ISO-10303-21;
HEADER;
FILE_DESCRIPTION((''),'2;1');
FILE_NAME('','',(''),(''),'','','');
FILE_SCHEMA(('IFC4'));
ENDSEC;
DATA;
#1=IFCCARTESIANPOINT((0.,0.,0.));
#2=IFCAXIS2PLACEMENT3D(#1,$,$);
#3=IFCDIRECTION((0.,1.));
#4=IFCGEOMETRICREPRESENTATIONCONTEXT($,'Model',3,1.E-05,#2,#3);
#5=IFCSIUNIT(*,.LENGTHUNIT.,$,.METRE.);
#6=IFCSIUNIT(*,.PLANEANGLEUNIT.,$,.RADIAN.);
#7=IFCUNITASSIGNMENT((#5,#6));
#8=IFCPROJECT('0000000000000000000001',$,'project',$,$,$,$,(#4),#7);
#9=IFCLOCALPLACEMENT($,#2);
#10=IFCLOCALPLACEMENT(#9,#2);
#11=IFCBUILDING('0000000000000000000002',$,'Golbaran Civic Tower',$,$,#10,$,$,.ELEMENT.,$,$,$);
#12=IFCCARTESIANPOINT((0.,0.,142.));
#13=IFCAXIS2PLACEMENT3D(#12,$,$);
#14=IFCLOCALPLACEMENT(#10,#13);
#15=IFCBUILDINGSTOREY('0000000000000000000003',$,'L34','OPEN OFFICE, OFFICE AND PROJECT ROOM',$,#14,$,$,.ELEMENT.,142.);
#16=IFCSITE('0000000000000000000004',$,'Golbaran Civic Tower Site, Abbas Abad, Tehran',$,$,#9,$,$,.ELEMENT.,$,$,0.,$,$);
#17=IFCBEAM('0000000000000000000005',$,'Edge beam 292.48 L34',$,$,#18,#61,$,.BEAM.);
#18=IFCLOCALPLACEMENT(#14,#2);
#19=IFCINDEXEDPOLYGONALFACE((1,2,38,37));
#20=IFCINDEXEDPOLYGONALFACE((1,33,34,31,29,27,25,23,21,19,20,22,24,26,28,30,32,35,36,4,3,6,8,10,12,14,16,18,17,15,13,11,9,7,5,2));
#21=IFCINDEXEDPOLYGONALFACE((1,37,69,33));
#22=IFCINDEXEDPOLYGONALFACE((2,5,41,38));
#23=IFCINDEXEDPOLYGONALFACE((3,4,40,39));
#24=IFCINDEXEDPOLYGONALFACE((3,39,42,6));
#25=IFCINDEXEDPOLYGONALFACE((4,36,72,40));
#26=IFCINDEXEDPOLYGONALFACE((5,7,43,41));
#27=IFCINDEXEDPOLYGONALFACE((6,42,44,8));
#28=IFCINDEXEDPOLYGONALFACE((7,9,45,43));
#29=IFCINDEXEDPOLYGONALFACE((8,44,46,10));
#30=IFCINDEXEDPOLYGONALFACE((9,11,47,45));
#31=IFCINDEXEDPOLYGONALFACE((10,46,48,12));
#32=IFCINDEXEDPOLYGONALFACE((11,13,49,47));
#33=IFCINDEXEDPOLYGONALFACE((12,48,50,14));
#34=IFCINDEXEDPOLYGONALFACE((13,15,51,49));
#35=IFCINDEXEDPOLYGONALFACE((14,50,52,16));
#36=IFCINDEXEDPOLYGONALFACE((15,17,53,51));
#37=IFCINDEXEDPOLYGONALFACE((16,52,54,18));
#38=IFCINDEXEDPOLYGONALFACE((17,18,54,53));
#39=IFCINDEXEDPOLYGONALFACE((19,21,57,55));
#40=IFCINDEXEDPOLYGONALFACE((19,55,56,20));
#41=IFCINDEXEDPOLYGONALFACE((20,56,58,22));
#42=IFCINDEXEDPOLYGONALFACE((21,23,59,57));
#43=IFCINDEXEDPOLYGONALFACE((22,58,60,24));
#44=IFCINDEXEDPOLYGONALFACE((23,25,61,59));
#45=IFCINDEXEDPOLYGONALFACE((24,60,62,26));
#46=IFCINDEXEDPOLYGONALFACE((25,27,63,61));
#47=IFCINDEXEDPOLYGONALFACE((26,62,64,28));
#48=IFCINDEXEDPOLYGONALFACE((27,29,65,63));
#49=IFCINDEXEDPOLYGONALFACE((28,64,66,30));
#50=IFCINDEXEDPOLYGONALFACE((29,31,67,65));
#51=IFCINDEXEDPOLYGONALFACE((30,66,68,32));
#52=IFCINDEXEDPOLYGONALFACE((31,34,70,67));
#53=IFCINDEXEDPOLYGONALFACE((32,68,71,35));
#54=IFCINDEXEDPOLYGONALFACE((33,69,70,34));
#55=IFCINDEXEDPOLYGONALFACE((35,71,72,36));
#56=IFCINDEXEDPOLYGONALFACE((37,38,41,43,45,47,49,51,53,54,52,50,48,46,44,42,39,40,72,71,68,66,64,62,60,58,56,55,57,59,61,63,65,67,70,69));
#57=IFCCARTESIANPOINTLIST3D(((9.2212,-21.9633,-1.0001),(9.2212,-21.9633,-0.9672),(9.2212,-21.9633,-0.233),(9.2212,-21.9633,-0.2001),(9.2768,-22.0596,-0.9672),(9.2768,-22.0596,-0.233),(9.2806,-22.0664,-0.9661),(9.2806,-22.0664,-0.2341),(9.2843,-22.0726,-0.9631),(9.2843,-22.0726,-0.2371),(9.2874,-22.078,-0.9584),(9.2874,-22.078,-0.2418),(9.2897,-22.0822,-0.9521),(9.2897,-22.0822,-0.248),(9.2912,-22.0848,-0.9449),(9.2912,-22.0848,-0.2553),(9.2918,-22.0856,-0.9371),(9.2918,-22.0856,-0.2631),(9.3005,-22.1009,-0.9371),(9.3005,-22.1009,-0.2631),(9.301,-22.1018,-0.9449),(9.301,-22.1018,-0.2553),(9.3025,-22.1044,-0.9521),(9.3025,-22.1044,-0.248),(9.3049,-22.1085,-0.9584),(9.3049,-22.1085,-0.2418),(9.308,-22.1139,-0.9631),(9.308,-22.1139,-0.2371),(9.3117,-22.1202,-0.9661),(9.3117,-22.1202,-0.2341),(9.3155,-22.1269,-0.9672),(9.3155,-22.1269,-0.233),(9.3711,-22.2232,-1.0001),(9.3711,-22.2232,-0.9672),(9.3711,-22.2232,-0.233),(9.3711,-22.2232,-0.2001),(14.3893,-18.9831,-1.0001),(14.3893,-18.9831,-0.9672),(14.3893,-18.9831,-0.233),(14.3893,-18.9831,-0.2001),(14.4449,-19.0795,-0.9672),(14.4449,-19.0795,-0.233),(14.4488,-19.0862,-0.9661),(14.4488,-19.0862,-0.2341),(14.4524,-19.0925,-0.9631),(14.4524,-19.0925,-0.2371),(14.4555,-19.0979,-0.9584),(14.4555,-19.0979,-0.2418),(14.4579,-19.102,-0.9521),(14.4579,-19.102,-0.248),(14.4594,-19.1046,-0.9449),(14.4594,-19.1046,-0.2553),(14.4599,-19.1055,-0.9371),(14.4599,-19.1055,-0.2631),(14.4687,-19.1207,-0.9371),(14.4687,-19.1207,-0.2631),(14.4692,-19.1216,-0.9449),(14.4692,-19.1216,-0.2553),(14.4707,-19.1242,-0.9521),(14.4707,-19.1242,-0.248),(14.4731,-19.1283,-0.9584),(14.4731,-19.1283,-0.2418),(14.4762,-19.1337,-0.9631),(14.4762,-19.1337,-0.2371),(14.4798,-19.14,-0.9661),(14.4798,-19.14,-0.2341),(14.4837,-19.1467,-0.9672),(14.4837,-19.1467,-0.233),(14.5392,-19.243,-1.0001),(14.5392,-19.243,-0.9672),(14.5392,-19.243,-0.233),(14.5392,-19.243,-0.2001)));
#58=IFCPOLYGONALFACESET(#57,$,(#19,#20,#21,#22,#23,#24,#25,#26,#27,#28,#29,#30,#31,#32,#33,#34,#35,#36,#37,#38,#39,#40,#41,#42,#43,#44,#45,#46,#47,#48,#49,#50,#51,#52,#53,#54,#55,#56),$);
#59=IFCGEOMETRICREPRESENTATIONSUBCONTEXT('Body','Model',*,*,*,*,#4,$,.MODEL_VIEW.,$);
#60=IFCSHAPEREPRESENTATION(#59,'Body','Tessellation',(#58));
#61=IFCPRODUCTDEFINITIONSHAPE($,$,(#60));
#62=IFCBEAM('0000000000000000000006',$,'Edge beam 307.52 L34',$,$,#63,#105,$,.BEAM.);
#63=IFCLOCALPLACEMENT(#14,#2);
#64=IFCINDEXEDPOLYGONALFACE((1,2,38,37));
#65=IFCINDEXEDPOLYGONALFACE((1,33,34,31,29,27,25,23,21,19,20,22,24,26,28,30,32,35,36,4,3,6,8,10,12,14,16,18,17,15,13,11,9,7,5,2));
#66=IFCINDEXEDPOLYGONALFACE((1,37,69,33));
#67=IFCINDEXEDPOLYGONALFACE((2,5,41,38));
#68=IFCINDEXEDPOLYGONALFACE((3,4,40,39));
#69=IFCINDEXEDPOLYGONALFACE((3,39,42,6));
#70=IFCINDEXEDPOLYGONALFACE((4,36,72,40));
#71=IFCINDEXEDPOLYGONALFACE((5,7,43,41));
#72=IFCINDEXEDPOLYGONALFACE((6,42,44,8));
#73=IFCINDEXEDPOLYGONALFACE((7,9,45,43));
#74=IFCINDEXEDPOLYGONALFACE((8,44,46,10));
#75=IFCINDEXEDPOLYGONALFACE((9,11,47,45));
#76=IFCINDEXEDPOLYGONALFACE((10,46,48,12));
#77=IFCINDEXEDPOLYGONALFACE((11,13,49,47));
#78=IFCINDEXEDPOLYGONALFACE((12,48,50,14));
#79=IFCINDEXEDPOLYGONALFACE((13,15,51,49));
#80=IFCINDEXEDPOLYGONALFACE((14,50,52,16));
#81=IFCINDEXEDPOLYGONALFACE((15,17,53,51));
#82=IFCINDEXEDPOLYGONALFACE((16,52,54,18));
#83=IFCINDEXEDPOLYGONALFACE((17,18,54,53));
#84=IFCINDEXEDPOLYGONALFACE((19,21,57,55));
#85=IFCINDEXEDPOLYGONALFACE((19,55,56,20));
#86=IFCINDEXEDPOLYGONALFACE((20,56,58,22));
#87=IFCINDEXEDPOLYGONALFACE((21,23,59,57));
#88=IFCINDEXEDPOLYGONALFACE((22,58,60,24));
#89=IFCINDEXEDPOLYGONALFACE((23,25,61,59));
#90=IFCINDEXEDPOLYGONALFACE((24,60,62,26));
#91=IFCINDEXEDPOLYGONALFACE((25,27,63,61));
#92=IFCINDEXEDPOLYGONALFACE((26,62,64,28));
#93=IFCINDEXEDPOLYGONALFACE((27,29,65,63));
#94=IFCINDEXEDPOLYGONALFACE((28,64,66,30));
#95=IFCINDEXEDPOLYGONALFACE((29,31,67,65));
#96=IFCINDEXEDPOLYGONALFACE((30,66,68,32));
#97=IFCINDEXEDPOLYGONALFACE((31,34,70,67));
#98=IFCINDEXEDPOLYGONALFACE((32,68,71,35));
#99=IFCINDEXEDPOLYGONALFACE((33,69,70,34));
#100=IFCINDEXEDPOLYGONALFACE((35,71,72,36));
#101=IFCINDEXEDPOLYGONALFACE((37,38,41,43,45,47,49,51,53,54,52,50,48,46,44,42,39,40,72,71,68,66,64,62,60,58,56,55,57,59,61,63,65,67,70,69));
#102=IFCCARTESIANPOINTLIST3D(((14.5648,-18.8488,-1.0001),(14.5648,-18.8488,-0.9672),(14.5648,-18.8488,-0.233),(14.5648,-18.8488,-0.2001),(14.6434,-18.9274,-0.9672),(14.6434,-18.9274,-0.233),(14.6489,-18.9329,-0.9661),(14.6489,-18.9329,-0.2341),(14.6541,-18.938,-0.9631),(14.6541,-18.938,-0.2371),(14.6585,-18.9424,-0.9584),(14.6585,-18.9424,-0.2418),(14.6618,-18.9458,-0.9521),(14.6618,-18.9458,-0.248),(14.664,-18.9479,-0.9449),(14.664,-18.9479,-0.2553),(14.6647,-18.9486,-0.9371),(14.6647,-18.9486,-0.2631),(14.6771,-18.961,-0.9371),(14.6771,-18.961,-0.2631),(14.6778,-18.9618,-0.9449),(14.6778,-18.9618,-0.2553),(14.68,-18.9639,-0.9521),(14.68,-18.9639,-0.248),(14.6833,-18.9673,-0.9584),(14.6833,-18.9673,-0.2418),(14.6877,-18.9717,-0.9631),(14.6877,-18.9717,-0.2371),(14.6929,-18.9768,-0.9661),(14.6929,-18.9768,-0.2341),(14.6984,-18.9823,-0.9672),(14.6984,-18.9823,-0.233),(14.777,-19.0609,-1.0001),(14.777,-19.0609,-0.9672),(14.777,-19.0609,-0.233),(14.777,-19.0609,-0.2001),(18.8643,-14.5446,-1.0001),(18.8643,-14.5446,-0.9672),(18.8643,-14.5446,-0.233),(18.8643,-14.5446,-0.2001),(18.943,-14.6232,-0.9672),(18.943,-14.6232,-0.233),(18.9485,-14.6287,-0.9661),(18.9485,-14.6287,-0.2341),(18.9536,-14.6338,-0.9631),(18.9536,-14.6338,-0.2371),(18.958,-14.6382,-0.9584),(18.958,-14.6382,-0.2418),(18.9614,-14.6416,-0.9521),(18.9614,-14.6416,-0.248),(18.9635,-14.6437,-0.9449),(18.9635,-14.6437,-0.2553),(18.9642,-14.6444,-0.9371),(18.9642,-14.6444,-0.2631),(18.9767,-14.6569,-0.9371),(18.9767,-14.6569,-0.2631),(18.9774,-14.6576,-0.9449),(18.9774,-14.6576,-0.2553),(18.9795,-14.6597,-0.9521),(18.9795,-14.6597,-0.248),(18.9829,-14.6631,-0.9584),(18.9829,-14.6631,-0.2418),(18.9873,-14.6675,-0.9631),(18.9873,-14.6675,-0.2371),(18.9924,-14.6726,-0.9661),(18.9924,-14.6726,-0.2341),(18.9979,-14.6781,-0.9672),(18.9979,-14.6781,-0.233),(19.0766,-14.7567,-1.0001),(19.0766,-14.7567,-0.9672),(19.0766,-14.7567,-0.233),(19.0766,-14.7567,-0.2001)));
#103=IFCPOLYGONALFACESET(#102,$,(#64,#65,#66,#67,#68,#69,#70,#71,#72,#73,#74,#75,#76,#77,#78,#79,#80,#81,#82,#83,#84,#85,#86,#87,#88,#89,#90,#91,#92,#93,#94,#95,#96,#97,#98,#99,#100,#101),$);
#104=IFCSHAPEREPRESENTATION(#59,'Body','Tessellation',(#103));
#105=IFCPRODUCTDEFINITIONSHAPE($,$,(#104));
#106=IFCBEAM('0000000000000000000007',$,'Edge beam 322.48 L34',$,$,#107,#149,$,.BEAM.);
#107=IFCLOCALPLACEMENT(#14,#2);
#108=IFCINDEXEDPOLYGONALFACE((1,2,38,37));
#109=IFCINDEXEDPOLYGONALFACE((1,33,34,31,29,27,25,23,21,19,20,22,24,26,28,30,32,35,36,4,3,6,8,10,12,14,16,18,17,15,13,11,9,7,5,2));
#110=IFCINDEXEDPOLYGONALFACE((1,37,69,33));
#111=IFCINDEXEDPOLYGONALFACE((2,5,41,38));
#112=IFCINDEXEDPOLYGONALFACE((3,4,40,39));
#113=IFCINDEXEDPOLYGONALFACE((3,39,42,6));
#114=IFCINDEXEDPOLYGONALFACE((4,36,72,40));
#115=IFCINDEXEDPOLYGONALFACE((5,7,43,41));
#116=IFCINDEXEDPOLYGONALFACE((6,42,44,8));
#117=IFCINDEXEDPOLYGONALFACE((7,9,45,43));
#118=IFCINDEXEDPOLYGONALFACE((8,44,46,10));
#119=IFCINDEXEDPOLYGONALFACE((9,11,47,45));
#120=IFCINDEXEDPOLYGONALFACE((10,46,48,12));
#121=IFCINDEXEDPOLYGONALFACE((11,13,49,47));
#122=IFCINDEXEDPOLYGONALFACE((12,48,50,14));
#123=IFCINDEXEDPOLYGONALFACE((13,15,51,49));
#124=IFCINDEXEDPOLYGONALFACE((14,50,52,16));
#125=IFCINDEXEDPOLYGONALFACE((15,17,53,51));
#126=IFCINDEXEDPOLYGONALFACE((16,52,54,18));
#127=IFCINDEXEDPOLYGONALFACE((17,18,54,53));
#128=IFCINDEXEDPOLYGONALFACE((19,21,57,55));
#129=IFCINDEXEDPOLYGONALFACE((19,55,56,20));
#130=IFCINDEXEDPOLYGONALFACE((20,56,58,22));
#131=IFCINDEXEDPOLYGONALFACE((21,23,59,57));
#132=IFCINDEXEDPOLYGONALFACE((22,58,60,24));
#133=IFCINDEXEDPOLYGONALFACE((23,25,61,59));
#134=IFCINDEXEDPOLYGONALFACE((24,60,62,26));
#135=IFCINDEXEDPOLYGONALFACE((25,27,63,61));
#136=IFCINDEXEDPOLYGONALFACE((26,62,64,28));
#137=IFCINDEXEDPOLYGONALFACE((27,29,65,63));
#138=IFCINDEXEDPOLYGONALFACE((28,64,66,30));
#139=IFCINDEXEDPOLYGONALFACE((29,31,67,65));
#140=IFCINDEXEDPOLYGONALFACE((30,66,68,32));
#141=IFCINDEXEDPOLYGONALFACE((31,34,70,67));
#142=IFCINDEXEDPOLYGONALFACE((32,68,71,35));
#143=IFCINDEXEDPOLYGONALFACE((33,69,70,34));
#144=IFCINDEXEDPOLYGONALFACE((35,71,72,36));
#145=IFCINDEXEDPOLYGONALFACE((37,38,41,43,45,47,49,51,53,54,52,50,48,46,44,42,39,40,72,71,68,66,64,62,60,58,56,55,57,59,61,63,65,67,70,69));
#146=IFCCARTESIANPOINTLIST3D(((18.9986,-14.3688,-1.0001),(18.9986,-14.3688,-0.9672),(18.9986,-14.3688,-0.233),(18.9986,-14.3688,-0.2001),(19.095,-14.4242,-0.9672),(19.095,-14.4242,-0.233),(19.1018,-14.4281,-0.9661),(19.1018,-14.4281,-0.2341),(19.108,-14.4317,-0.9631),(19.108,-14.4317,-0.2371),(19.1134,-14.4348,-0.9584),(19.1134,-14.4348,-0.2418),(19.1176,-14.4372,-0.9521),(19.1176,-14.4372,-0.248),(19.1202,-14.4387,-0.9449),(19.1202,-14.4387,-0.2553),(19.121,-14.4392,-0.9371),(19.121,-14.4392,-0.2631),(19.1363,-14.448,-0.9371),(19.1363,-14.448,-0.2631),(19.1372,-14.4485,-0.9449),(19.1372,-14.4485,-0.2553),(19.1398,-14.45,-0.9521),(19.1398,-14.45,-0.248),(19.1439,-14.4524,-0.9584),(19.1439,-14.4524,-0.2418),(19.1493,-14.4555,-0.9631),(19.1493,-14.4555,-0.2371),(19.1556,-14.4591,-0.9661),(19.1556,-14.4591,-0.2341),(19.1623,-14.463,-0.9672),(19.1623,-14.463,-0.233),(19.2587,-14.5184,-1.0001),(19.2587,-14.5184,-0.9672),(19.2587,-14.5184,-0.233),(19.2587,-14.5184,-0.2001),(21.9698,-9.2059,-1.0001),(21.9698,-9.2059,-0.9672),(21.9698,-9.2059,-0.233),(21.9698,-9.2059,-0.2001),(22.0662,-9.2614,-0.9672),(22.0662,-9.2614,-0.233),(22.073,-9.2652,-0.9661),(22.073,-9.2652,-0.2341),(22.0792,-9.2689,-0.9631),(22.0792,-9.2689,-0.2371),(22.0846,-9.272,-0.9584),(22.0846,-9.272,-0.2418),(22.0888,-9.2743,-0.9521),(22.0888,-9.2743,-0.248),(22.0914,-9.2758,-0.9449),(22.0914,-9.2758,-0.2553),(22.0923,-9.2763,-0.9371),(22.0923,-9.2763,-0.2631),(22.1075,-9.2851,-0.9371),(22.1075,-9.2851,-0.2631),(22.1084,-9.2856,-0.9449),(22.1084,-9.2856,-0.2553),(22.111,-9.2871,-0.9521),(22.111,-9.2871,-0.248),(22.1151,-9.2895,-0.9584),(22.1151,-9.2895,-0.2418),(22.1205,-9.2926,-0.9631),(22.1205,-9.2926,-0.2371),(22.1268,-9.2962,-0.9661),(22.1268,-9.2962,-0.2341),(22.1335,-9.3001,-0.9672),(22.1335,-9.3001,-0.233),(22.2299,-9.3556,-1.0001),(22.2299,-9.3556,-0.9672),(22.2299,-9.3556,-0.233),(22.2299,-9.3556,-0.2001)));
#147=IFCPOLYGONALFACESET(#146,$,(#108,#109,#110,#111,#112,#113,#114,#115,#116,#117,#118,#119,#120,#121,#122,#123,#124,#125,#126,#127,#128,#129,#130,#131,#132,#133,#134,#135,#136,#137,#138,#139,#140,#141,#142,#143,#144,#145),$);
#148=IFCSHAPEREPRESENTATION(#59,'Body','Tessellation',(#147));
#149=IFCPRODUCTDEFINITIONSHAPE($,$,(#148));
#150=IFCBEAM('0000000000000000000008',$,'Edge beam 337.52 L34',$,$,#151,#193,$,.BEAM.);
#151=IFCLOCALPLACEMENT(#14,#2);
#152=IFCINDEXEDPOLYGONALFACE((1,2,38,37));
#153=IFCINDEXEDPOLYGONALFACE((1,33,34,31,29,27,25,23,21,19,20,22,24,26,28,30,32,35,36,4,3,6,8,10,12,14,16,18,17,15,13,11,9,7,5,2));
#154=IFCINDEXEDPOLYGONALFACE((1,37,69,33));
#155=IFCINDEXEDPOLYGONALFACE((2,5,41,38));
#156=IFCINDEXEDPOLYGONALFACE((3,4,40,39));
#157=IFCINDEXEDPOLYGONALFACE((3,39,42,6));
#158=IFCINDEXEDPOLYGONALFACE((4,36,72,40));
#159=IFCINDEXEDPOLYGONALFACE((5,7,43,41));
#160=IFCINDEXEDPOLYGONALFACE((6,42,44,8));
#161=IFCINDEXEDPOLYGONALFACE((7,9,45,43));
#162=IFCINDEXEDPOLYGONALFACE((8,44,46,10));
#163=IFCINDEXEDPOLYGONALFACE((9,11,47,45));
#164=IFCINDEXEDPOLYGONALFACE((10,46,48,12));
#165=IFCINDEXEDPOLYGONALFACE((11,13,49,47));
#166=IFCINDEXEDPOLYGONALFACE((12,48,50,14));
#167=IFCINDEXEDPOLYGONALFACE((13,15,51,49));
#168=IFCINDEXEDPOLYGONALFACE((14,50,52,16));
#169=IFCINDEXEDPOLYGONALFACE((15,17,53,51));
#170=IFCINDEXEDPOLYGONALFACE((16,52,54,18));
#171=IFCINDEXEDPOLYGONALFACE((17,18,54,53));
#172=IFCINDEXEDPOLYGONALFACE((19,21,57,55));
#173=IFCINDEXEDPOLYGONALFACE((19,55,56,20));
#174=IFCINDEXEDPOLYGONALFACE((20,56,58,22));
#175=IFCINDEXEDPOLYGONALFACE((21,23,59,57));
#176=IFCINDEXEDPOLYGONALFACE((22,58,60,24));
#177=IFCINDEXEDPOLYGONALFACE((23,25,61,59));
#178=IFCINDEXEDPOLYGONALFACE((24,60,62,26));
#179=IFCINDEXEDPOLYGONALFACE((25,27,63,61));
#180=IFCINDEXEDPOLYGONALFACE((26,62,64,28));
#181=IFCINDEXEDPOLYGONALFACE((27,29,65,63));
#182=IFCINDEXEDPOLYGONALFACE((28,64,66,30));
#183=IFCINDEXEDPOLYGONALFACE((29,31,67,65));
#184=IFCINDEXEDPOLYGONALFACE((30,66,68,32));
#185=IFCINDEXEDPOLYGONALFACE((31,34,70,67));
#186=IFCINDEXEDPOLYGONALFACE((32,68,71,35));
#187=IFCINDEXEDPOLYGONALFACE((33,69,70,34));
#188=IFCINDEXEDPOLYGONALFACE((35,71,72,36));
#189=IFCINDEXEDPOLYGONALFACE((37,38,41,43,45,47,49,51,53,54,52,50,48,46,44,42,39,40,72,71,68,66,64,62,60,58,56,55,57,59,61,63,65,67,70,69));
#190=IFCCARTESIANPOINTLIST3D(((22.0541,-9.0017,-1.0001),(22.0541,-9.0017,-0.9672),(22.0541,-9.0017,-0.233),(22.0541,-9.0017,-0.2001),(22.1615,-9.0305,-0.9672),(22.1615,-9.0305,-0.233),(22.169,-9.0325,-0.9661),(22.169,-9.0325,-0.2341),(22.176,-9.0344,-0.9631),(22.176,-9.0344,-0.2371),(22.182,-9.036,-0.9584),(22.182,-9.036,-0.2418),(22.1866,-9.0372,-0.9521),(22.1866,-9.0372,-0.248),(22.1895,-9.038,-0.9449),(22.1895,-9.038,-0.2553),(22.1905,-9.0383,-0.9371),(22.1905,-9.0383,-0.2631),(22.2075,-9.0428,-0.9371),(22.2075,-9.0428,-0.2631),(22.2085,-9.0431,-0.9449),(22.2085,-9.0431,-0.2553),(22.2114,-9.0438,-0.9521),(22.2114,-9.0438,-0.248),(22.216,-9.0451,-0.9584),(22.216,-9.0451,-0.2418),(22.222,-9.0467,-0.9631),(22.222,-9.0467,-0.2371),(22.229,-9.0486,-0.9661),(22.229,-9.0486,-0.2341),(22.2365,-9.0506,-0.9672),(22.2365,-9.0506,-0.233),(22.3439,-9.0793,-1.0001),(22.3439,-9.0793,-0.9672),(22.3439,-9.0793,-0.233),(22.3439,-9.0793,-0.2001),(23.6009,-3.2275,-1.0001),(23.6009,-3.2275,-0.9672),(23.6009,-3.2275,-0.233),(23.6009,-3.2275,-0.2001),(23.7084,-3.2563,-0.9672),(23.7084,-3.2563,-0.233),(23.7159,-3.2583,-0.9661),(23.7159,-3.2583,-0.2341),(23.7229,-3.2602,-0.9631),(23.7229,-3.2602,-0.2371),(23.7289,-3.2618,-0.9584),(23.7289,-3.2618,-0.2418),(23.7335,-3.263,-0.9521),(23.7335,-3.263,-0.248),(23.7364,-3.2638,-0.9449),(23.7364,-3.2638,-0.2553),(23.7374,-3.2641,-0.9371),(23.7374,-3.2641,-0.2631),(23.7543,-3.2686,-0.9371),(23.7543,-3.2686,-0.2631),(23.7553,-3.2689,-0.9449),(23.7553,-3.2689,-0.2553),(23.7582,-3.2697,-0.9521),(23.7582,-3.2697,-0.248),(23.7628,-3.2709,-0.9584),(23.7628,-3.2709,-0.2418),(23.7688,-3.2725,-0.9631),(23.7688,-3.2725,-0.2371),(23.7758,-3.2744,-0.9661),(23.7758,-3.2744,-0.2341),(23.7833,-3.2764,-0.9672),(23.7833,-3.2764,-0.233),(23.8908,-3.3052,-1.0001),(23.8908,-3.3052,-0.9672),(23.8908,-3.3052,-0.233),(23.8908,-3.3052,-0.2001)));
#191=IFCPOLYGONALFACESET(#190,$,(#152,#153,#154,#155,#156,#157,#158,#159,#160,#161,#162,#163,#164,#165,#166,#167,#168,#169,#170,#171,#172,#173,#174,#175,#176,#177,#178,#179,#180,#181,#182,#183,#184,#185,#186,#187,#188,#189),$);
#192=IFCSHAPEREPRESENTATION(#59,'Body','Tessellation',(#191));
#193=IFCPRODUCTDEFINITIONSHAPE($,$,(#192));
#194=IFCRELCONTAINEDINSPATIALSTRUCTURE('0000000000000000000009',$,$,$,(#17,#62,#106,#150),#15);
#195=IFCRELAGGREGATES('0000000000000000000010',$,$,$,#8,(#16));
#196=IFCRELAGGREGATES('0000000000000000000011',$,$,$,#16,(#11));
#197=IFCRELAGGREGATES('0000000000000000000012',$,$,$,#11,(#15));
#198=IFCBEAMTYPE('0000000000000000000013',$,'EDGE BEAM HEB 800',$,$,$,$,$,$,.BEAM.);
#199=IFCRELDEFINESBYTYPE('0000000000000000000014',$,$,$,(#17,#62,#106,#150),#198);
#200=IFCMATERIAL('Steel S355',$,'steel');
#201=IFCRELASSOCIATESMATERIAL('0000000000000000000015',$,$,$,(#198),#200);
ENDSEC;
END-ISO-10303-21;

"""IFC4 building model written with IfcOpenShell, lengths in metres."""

from ifc_helpers import new_model, si_unit, direction, frame, origin, origin_2d, place, context, subcontext, project, spatial, i_section, extrude, material, material_profile, profile_set, type_object, element, save


model = new_model("IFC4")

# Units and contexts
model_context = context("Model", 3, precision=1e-05, world=origin(), true_north=direction((0.0, 1.0)))
body_context = subcontext(model_context, "Body", "Model", "MODEL_VIEW")
ifc_project = project(units=[si_unit("LENGTHUNIT", "METRE"), si_unit("PLANEANGLEUNIT", "RADIAN")], contexts=[model_context])

# Site, building, storey
site_placement = place(None, origin())
site = spatial("IfcSite", under=ifc_project, at=site_placement, Name="Golbaran Civic Tower Site, Abbas Abad, Tehran", CompositionType="ELEMENT", RefElevation=0.0)
building_placement = place(site_placement, origin())
building = spatial("IfcBuilding", under=site, at=building_placement, Name="Golbaran Civic Tower", CompositionType="ELEMENT")
storey_placement = place(building_placement, frame((0.0, 0.0, 142.0)))
storey = spatial("IfcBuildingStorey", under=building, at=storey_placement, Name="L34", Description="OPEN OFFICE, OFFICE AND PROJECT ROOM", CompositionType="ELEMENT", Elevation=142.0)

# Beams
ifc_material_1 = material(Name="Steel S355", Category="steel")
ifc_material_profile_1 = material_profile(ifc_material_1, i_section(OverallWidth=0.3, OverallDepth=0.8, WebThickness=0.0176, FlangeThickness=0.033, FilletRadius=0.03, at=origin_2d()), Name="HEB 800")
ifc_profile_set_1 = profile_set([ifc_material_profile_1], Name="Steel S355")
beam_type_1 = type_object("IfcBeamType", Name="EDGE BEAM HEB 800", PredefinedType="BEAM", material=ifc_profile_set_1)
beam_1_placement = place(storey_placement, frame((9.2961, -22.0933, -0.6001), z_axis=(0.86629, 0.499542, 0.0), x_axis=(-0.499542, 0.86629, 0.0)))
element("IfcBeam", 1, at=beam_1_placement, inside=storey, type_object=beam_type_1, Name="Edge beam 292.48 L34", PredefinedType="BEAM", context=body_context, shape_type="SweptSolid", body=[
    extrude(i_section(OverallWidth=0.3, OverallDepth=0.8, WebThickness=0.0176, FlangeThickness=0.033, FilletRadius=0.03, at=origin_2d()), origin(), (0.0, 0.0, 1.0), 5.9658),
])
beam_2_placement = place(storey_placement, frame((14.6709, -18.9548, -0.6001), z_axis=(0.706725, 0.707488, 0.0), x_axis=(-0.707488, 0.706725, 0.0)))
element("IfcBeam", 2, at=beam_2_placement, inside=storey, type_object=beam_type_1, Name="Edge beam 307.52 L34", PredefinedType="BEAM", context=body_context, shape_type="SweptSolid", body=[
    extrude(i_section(OverallWidth=0.3, OverallDepth=0.8, WebThickness=0.0176, FlangeThickness=0.033, FilletRadius=0.03, at=origin_2d()), origin(), (0.0, 0.0, 1.0), 6.0837),
])
beam_3_placement = place(storey_placement, frame((19.1287, -14.4436, -0.6001), z_axis=(0.498794, 0.866721, 0.0), x_axis=(-0.866721, 0.498794, 0.0)))
element("IfcBeam", 3, at=beam_3_placement, inside=storey, type_object=beam_type_1, Name="Edge beam 322.48 L34", PredefinedType="BEAM", context=body_context, shape_type="SweptSolid", body=[
    extrude(i_section(OverallWidth=0.3, OverallDepth=0.8, WebThickness=0.0176, FlangeThickness=0.033, FilletRadius=0.03, at=origin_2d()), origin(), (0.0, 0.0, 1.0), 5.9568),
])
beam_4_placement = place(storey_placement, frame((22.199, -9.0405, -0.6001), z_axis=(0.258771, 0.965939, 0.0), x_axis=(-0.965939, 0.258771, 0.0)))
element("IfcBeam", 4, at=beam_4_placement, inside=storey, type_object=beam_type_1, Name="Edge beam 337.52 L34", PredefinedType="BEAM", context=body_context, shape_type="SweptSolid", body=[
    extrude(i_section(OverallWidth=0.3, OverallDepth=0.8, WebThickness=0.0176, FlangeThickness=0.033, FilletRadius=0.03, at=origin_2d()), origin(), (0.0, 0.0, 1.0), 5.9778),
])

save(model, "model.ifc")
